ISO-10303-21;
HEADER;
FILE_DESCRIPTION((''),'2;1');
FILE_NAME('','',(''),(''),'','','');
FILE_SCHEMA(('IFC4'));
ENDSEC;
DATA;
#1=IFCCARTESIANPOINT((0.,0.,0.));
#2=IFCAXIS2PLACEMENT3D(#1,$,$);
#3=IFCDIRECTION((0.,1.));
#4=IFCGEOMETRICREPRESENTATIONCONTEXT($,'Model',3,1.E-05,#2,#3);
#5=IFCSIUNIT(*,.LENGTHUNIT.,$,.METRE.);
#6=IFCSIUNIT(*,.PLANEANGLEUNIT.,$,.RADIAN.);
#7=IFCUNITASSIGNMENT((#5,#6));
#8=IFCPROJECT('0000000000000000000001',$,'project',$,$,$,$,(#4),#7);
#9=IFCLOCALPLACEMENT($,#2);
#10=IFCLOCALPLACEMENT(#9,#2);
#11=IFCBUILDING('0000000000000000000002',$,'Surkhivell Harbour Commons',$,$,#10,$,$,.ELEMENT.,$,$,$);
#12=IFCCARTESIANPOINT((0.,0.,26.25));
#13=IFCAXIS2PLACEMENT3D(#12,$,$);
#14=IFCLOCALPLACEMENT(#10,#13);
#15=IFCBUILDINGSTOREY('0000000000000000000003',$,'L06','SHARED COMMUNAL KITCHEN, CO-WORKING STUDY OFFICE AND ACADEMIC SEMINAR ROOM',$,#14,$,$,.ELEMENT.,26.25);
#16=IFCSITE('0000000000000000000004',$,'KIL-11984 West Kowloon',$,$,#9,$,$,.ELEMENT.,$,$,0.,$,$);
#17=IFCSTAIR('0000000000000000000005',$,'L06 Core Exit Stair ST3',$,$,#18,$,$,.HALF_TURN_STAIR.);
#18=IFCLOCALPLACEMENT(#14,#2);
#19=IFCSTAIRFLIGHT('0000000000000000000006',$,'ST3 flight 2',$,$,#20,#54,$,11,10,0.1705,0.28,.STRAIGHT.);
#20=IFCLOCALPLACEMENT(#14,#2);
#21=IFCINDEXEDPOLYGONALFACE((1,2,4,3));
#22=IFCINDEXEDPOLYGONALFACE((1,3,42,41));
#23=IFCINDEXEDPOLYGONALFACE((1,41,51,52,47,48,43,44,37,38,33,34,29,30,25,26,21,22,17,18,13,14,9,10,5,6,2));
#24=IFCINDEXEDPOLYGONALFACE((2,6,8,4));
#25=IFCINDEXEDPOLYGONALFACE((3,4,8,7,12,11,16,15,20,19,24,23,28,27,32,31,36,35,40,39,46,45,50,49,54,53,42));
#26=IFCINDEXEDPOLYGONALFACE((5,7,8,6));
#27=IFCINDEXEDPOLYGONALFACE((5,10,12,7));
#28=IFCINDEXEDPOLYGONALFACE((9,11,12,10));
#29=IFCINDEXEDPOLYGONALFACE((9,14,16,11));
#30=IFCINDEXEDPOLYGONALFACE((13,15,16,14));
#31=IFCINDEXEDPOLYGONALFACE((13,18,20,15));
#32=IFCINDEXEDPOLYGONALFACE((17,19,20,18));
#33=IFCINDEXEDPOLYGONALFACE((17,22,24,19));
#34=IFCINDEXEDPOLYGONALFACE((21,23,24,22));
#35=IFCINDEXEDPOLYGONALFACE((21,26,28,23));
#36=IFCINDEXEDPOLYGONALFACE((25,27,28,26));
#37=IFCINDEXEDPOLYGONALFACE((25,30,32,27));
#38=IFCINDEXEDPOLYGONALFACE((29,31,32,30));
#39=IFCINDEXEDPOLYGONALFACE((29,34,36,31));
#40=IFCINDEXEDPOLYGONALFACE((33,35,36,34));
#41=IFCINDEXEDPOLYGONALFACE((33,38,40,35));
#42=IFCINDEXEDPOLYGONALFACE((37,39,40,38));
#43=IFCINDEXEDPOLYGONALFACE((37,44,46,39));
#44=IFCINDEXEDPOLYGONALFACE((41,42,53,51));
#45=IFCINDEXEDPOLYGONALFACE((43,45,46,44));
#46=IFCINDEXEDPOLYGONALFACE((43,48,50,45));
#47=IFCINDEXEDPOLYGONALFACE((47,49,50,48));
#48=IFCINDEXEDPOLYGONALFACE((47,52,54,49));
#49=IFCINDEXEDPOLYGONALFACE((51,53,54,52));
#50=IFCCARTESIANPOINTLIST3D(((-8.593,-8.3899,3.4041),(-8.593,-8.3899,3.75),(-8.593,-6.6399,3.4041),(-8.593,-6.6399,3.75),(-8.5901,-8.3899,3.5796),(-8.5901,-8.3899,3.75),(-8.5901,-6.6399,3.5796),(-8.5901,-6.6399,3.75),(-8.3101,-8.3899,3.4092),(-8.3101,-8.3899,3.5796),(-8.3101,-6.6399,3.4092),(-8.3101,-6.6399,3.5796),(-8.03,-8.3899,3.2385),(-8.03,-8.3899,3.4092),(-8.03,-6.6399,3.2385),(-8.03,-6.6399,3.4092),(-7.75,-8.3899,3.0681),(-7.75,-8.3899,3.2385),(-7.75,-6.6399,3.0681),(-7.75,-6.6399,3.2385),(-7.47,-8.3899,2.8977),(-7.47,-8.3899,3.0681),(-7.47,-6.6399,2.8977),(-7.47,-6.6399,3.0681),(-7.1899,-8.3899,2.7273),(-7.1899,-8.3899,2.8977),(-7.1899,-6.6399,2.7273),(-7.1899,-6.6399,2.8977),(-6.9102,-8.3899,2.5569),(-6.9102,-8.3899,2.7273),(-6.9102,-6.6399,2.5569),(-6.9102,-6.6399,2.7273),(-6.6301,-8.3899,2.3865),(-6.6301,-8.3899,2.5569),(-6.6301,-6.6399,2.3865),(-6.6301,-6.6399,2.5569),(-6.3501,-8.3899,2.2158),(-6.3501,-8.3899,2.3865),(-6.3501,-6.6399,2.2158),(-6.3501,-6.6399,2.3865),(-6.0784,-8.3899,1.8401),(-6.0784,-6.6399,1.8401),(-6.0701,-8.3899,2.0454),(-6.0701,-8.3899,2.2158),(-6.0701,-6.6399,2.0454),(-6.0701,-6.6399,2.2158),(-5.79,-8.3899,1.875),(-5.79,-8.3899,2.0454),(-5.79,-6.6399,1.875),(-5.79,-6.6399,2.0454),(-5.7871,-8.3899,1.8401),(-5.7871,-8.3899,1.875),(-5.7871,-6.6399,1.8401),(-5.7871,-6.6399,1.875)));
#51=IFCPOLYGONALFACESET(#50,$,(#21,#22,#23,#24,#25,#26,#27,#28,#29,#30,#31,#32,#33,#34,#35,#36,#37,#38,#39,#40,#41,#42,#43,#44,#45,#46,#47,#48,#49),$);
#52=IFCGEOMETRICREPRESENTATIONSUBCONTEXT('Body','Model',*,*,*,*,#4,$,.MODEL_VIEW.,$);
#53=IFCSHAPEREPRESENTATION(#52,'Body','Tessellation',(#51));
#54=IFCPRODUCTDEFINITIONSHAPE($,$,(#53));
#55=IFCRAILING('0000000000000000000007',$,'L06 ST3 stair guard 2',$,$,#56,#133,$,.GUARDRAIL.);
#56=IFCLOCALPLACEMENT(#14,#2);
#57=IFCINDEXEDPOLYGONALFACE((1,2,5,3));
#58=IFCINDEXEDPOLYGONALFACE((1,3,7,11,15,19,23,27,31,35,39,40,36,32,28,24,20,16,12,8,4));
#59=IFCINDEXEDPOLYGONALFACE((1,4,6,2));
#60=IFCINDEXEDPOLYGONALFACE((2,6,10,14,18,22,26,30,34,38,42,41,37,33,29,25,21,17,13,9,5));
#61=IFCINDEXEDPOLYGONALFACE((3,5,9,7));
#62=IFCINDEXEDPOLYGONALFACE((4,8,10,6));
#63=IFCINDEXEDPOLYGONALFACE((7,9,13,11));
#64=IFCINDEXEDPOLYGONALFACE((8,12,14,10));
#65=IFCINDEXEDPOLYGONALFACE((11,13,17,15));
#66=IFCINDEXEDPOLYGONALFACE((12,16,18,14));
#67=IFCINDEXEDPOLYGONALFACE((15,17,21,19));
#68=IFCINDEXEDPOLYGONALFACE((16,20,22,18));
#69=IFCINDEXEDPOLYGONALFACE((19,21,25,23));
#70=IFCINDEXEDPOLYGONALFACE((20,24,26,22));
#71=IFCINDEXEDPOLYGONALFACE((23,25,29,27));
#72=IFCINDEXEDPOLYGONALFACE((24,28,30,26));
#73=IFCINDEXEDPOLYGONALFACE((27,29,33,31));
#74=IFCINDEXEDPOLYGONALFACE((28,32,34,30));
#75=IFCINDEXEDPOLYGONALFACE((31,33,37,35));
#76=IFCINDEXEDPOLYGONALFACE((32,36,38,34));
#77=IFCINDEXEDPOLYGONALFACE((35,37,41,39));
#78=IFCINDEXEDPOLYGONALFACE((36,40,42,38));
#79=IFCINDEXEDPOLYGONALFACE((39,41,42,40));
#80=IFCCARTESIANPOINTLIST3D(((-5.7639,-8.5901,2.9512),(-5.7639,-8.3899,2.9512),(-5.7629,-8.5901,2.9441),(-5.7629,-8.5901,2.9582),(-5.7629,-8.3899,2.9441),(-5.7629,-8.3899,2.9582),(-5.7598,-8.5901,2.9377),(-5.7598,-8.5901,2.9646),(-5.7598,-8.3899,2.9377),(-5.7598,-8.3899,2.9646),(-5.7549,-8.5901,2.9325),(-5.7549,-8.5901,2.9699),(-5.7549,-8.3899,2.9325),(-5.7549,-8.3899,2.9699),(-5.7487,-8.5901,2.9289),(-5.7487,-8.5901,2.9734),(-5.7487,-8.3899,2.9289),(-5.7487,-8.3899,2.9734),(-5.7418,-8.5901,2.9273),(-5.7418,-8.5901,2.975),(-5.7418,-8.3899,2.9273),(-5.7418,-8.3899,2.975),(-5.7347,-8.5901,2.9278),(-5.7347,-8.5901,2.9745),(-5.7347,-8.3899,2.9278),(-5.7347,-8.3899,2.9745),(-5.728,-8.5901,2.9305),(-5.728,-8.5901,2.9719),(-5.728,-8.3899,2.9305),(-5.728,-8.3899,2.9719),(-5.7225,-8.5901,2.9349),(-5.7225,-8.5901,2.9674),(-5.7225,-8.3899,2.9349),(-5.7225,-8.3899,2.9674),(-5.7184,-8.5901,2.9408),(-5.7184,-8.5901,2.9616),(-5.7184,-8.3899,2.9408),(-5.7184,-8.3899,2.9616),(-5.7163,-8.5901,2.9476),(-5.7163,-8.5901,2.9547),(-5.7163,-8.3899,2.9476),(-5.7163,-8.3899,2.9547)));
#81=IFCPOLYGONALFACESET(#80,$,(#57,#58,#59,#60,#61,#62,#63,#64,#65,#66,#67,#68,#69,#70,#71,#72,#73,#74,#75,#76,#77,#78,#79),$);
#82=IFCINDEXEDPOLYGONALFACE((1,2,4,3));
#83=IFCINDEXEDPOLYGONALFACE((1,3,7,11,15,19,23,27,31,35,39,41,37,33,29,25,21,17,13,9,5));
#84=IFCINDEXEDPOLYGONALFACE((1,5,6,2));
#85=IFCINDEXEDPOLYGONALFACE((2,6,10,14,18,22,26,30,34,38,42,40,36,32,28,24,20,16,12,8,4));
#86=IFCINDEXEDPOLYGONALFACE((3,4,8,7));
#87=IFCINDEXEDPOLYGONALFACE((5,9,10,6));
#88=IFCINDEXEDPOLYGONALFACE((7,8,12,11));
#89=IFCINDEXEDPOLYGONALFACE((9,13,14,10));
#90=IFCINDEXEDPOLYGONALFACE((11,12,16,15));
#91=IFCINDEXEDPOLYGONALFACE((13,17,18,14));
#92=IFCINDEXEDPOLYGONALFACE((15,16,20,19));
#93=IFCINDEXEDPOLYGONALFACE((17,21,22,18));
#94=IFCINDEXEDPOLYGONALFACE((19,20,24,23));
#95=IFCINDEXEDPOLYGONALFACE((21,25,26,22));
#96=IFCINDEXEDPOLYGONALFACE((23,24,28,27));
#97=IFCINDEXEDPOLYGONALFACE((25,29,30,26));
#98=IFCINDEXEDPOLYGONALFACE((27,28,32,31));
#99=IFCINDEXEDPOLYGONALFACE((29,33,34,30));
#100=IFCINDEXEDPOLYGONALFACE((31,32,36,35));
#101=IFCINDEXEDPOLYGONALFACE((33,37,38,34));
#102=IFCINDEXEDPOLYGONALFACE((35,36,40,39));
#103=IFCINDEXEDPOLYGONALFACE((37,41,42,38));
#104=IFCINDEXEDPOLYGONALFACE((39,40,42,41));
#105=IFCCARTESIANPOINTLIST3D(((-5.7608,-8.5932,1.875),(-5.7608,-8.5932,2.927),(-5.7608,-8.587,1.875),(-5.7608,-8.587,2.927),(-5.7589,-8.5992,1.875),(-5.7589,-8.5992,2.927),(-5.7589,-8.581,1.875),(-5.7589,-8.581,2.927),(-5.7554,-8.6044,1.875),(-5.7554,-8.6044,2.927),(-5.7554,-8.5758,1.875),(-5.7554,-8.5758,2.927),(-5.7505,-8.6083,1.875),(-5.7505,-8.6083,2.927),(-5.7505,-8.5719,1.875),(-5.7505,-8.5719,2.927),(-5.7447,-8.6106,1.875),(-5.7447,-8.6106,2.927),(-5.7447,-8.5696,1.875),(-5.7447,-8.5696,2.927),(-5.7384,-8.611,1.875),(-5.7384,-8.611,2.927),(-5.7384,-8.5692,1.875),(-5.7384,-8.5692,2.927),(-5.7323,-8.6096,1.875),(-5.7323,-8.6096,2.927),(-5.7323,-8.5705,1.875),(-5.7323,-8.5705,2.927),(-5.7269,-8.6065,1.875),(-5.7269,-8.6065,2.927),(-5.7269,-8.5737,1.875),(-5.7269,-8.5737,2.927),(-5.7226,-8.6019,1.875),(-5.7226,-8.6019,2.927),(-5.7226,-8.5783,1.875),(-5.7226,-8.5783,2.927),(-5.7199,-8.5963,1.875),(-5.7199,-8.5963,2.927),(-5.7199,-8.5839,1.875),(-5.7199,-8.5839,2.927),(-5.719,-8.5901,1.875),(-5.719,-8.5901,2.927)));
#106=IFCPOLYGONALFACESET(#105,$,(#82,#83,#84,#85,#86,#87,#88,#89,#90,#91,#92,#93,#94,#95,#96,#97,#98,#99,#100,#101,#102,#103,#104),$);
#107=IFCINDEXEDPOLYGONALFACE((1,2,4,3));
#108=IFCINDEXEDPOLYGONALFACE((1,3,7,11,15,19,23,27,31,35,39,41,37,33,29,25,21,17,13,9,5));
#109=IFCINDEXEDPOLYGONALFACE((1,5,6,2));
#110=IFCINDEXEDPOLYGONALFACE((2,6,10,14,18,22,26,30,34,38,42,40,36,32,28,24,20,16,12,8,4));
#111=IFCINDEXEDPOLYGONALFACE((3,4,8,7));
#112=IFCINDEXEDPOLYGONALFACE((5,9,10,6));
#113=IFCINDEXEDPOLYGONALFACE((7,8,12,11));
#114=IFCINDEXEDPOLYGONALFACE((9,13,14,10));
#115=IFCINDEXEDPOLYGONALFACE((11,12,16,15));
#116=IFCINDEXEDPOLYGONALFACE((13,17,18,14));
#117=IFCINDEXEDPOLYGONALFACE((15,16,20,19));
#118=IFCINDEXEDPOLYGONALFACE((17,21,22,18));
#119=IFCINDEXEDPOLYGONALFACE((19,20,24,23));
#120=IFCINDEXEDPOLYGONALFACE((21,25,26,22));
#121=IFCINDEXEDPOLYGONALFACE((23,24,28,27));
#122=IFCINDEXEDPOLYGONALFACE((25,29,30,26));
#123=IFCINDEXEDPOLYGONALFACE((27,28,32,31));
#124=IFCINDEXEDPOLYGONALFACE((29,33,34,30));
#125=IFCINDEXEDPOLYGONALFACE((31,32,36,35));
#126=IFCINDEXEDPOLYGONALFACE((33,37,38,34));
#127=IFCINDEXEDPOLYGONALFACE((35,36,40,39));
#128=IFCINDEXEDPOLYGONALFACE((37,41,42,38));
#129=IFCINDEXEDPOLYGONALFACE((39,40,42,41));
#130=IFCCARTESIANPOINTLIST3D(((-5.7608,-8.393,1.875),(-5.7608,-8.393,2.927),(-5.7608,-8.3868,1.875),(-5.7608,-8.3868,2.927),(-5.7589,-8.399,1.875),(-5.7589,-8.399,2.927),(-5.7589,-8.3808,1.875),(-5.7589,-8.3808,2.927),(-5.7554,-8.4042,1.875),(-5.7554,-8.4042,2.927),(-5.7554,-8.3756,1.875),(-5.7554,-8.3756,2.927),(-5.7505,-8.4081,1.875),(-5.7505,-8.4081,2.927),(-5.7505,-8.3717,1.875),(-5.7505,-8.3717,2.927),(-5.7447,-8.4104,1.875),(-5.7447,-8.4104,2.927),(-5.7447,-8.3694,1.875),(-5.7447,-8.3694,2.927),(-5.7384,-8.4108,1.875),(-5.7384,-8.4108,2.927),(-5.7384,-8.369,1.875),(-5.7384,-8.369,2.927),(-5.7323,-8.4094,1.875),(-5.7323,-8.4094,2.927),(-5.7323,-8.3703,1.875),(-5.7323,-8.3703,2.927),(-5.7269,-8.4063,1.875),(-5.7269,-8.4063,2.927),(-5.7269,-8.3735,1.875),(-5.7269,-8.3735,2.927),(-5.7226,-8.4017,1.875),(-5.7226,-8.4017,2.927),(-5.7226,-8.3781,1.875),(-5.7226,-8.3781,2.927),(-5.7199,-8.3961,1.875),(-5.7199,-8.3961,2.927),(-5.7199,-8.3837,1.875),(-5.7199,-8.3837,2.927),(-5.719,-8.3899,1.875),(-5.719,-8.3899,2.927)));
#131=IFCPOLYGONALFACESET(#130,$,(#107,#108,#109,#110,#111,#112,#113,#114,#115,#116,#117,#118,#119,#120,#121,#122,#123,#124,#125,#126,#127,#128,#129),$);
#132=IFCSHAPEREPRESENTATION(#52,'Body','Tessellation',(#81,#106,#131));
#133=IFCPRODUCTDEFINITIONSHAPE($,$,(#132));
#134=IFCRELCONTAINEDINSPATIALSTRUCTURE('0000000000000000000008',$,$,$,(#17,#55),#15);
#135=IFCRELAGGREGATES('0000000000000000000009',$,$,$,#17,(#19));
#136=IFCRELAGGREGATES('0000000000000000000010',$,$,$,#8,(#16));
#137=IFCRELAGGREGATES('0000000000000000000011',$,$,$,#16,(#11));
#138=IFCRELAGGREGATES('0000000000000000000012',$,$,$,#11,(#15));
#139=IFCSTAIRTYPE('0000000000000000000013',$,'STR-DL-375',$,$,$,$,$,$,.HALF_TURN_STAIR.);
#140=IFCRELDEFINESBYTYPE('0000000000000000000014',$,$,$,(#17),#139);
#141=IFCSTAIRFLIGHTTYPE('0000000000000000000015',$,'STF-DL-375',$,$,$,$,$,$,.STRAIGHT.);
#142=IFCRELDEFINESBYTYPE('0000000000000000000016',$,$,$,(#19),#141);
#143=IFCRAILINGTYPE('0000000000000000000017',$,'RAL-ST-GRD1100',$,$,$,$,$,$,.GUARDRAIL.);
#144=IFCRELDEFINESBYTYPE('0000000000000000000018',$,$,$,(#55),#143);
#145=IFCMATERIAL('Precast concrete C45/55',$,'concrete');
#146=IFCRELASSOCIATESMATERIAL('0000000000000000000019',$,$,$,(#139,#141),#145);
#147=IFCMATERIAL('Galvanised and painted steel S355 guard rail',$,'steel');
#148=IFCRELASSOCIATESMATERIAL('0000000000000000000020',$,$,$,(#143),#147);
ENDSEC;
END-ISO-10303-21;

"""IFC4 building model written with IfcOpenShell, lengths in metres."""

from ifc_helpers import new_model, si_unit, direction, frame, origin, origin_2d, place, context, subcontext, project, spatial, polyline, circle, outline, extrude, material, type_object, element, aggregate, save


model = new_model("IFC4")

# Units and contexts
model_context = context("Model", 3, precision=1e-05, world=origin(), true_north=direction((0.0, 1.0)))
body_context = subcontext(model_context, "Body", "Model", "MODEL_VIEW")
ifc_project = project(units=[si_unit("LENGTHUNIT", "METRE"), si_unit("PLANEANGLEUNIT", "RADIAN")], contexts=[model_context])

# Site, building, storey
site_placement = place(None, origin())
site = spatial("IfcSite", under=ifc_project, at=site_placement, Name="KIL-11984 West Kowloon", CompositionType="ELEMENT", RefElevation=0.0)
building_placement = place(site_placement, origin())
building = spatial("IfcBuilding", under=site, at=building_placement, Name="Surkhivell Harbour Commons", CompositionType="ELEMENT")
storey_placement = place(building_placement, frame((0.0, 0.0, 26.25)))
storey = spatial("IfcBuildingStorey", under=building, at=storey_placement, Name="L06", Description="SHARED COMMUNAL KITCHEN, CO-WORKING STUDY OFFICE AND ACADEMIC SEMINAR ROOM", CompositionType="ELEMENT", Elevation=26.25)

# Stair, stair flight
ifc_material_1 = material(Name="Precast concrete C45/55", Category="concrete")
stair_type = type_object("IfcStairType", Name="STR-DL-375", PredefinedType="HALF_TURN_STAIR", material=ifc_material_1)
stair_placement = place(storey_placement, origin())
stair = element("IfcStair", 1, at=stair_placement, inside=storey, type_object=stair_type, Name="L06 Core Exit Stair ST3", PredefinedType="HALF_TURN_STAIR")
stair_flight_type = type_object("IfcStairFlightType", Name="STF-DL-375", PredefinedType="STRAIGHT", material=ifc_material_1)
stair_flight_placement = place(storey_placement, frame((-5.79, -7.5149, 1.875), z_axis=(0.0, 0.0, 1.0), x_axis=(-1.0, 0.0, 0.0)))
stair_flight = element("IfcStairFlight", 2, at=stair_flight_placement, type_object=stair_flight_type, Name="ST3 flight 2", NumberOfRisers=11, NumberOfTreads=10, PredefinedType="STRAIGHT", RiserHeight=0.1705, TreadLength=0.28, context=body_context, shape_type="SweptSolid", body=[
    extrude(outline(polyline([(-0.0029, -0.0349), (-0.0029, 0.0), (0.0, 0.0), (0.0, 0.1704), (0.28, 0.1704), (0.28, 0.3408), (0.5601, 0.3408), (0.5601, 0.5115), (0.8401, 0.5115), (0.8401, 0.6819), (1.1201, 0.6819), (1.1201, 0.8523), (1.3999, 0.8523), (1.3999, 1.0227), (1.6799, 1.0227), (1.6799, 1.1931), (1.96, 1.1931), (1.96, 1.3635), (2.24, 1.3635), (2.24, 1.5342), (2.52, 1.5342), (2.52, 1.7046), (2.8, 1.7046), (2.8, 1.875), (2.803, 1.875), (2.803, 1.5291), (0.2883, -0.0349), (-0.0029, -0.0349)])), frame((0.0, 0.875, 0.0), z_axis=(0.0, -1.0, 0.0), x_axis=(1.0, 0.0, 0.0)), (0.0, 0.0, 1.0), 1.75),
])
aggregate(stair, [stair_flight])

# Railing
ifc_material_2 = material(Name="Galvanised and painted steel S355 guard rail", Category="steel")
railing_type_1 = type_object("IfcRailingType", Name="RAL-ST-GRD1100", PredefinedType="GUARDRAIL", material=ifc_material_2)
railing_1_placement = place(storey_placement, frame((-5.74, -8.5901, 1.875)))
element("IfcRailing", 3, at=railing_1_placement, inside=storey, type_object=railing_type_1, Name="L06 ST3 stair guard 2", PredefinedType="GUARDRAIL", context=body_context, shape_type="SweptSolid", body=[
    extrude(circle(Radius=0.0239, at=origin_2d()), frame((0.0, 0.0, 1.0762), z_axis=(0.0, 1.0, 0.0), x_axis=(-1.0, 0.0, 0.0)), (0.0, 0.0, 1.0), 0.2002),
    extrude(circle(Radius=0.021, at=origin_2d()), origin(), (0.0, 0.0, 1.0), 1.052),
    extrude(circle(Radius=0.021, at=origin_2d()), frame((0.0, 0.2002, 0.0)), (0.0, 0.0, 1.0), 1.052),
])

save(model, "model.ifc")
